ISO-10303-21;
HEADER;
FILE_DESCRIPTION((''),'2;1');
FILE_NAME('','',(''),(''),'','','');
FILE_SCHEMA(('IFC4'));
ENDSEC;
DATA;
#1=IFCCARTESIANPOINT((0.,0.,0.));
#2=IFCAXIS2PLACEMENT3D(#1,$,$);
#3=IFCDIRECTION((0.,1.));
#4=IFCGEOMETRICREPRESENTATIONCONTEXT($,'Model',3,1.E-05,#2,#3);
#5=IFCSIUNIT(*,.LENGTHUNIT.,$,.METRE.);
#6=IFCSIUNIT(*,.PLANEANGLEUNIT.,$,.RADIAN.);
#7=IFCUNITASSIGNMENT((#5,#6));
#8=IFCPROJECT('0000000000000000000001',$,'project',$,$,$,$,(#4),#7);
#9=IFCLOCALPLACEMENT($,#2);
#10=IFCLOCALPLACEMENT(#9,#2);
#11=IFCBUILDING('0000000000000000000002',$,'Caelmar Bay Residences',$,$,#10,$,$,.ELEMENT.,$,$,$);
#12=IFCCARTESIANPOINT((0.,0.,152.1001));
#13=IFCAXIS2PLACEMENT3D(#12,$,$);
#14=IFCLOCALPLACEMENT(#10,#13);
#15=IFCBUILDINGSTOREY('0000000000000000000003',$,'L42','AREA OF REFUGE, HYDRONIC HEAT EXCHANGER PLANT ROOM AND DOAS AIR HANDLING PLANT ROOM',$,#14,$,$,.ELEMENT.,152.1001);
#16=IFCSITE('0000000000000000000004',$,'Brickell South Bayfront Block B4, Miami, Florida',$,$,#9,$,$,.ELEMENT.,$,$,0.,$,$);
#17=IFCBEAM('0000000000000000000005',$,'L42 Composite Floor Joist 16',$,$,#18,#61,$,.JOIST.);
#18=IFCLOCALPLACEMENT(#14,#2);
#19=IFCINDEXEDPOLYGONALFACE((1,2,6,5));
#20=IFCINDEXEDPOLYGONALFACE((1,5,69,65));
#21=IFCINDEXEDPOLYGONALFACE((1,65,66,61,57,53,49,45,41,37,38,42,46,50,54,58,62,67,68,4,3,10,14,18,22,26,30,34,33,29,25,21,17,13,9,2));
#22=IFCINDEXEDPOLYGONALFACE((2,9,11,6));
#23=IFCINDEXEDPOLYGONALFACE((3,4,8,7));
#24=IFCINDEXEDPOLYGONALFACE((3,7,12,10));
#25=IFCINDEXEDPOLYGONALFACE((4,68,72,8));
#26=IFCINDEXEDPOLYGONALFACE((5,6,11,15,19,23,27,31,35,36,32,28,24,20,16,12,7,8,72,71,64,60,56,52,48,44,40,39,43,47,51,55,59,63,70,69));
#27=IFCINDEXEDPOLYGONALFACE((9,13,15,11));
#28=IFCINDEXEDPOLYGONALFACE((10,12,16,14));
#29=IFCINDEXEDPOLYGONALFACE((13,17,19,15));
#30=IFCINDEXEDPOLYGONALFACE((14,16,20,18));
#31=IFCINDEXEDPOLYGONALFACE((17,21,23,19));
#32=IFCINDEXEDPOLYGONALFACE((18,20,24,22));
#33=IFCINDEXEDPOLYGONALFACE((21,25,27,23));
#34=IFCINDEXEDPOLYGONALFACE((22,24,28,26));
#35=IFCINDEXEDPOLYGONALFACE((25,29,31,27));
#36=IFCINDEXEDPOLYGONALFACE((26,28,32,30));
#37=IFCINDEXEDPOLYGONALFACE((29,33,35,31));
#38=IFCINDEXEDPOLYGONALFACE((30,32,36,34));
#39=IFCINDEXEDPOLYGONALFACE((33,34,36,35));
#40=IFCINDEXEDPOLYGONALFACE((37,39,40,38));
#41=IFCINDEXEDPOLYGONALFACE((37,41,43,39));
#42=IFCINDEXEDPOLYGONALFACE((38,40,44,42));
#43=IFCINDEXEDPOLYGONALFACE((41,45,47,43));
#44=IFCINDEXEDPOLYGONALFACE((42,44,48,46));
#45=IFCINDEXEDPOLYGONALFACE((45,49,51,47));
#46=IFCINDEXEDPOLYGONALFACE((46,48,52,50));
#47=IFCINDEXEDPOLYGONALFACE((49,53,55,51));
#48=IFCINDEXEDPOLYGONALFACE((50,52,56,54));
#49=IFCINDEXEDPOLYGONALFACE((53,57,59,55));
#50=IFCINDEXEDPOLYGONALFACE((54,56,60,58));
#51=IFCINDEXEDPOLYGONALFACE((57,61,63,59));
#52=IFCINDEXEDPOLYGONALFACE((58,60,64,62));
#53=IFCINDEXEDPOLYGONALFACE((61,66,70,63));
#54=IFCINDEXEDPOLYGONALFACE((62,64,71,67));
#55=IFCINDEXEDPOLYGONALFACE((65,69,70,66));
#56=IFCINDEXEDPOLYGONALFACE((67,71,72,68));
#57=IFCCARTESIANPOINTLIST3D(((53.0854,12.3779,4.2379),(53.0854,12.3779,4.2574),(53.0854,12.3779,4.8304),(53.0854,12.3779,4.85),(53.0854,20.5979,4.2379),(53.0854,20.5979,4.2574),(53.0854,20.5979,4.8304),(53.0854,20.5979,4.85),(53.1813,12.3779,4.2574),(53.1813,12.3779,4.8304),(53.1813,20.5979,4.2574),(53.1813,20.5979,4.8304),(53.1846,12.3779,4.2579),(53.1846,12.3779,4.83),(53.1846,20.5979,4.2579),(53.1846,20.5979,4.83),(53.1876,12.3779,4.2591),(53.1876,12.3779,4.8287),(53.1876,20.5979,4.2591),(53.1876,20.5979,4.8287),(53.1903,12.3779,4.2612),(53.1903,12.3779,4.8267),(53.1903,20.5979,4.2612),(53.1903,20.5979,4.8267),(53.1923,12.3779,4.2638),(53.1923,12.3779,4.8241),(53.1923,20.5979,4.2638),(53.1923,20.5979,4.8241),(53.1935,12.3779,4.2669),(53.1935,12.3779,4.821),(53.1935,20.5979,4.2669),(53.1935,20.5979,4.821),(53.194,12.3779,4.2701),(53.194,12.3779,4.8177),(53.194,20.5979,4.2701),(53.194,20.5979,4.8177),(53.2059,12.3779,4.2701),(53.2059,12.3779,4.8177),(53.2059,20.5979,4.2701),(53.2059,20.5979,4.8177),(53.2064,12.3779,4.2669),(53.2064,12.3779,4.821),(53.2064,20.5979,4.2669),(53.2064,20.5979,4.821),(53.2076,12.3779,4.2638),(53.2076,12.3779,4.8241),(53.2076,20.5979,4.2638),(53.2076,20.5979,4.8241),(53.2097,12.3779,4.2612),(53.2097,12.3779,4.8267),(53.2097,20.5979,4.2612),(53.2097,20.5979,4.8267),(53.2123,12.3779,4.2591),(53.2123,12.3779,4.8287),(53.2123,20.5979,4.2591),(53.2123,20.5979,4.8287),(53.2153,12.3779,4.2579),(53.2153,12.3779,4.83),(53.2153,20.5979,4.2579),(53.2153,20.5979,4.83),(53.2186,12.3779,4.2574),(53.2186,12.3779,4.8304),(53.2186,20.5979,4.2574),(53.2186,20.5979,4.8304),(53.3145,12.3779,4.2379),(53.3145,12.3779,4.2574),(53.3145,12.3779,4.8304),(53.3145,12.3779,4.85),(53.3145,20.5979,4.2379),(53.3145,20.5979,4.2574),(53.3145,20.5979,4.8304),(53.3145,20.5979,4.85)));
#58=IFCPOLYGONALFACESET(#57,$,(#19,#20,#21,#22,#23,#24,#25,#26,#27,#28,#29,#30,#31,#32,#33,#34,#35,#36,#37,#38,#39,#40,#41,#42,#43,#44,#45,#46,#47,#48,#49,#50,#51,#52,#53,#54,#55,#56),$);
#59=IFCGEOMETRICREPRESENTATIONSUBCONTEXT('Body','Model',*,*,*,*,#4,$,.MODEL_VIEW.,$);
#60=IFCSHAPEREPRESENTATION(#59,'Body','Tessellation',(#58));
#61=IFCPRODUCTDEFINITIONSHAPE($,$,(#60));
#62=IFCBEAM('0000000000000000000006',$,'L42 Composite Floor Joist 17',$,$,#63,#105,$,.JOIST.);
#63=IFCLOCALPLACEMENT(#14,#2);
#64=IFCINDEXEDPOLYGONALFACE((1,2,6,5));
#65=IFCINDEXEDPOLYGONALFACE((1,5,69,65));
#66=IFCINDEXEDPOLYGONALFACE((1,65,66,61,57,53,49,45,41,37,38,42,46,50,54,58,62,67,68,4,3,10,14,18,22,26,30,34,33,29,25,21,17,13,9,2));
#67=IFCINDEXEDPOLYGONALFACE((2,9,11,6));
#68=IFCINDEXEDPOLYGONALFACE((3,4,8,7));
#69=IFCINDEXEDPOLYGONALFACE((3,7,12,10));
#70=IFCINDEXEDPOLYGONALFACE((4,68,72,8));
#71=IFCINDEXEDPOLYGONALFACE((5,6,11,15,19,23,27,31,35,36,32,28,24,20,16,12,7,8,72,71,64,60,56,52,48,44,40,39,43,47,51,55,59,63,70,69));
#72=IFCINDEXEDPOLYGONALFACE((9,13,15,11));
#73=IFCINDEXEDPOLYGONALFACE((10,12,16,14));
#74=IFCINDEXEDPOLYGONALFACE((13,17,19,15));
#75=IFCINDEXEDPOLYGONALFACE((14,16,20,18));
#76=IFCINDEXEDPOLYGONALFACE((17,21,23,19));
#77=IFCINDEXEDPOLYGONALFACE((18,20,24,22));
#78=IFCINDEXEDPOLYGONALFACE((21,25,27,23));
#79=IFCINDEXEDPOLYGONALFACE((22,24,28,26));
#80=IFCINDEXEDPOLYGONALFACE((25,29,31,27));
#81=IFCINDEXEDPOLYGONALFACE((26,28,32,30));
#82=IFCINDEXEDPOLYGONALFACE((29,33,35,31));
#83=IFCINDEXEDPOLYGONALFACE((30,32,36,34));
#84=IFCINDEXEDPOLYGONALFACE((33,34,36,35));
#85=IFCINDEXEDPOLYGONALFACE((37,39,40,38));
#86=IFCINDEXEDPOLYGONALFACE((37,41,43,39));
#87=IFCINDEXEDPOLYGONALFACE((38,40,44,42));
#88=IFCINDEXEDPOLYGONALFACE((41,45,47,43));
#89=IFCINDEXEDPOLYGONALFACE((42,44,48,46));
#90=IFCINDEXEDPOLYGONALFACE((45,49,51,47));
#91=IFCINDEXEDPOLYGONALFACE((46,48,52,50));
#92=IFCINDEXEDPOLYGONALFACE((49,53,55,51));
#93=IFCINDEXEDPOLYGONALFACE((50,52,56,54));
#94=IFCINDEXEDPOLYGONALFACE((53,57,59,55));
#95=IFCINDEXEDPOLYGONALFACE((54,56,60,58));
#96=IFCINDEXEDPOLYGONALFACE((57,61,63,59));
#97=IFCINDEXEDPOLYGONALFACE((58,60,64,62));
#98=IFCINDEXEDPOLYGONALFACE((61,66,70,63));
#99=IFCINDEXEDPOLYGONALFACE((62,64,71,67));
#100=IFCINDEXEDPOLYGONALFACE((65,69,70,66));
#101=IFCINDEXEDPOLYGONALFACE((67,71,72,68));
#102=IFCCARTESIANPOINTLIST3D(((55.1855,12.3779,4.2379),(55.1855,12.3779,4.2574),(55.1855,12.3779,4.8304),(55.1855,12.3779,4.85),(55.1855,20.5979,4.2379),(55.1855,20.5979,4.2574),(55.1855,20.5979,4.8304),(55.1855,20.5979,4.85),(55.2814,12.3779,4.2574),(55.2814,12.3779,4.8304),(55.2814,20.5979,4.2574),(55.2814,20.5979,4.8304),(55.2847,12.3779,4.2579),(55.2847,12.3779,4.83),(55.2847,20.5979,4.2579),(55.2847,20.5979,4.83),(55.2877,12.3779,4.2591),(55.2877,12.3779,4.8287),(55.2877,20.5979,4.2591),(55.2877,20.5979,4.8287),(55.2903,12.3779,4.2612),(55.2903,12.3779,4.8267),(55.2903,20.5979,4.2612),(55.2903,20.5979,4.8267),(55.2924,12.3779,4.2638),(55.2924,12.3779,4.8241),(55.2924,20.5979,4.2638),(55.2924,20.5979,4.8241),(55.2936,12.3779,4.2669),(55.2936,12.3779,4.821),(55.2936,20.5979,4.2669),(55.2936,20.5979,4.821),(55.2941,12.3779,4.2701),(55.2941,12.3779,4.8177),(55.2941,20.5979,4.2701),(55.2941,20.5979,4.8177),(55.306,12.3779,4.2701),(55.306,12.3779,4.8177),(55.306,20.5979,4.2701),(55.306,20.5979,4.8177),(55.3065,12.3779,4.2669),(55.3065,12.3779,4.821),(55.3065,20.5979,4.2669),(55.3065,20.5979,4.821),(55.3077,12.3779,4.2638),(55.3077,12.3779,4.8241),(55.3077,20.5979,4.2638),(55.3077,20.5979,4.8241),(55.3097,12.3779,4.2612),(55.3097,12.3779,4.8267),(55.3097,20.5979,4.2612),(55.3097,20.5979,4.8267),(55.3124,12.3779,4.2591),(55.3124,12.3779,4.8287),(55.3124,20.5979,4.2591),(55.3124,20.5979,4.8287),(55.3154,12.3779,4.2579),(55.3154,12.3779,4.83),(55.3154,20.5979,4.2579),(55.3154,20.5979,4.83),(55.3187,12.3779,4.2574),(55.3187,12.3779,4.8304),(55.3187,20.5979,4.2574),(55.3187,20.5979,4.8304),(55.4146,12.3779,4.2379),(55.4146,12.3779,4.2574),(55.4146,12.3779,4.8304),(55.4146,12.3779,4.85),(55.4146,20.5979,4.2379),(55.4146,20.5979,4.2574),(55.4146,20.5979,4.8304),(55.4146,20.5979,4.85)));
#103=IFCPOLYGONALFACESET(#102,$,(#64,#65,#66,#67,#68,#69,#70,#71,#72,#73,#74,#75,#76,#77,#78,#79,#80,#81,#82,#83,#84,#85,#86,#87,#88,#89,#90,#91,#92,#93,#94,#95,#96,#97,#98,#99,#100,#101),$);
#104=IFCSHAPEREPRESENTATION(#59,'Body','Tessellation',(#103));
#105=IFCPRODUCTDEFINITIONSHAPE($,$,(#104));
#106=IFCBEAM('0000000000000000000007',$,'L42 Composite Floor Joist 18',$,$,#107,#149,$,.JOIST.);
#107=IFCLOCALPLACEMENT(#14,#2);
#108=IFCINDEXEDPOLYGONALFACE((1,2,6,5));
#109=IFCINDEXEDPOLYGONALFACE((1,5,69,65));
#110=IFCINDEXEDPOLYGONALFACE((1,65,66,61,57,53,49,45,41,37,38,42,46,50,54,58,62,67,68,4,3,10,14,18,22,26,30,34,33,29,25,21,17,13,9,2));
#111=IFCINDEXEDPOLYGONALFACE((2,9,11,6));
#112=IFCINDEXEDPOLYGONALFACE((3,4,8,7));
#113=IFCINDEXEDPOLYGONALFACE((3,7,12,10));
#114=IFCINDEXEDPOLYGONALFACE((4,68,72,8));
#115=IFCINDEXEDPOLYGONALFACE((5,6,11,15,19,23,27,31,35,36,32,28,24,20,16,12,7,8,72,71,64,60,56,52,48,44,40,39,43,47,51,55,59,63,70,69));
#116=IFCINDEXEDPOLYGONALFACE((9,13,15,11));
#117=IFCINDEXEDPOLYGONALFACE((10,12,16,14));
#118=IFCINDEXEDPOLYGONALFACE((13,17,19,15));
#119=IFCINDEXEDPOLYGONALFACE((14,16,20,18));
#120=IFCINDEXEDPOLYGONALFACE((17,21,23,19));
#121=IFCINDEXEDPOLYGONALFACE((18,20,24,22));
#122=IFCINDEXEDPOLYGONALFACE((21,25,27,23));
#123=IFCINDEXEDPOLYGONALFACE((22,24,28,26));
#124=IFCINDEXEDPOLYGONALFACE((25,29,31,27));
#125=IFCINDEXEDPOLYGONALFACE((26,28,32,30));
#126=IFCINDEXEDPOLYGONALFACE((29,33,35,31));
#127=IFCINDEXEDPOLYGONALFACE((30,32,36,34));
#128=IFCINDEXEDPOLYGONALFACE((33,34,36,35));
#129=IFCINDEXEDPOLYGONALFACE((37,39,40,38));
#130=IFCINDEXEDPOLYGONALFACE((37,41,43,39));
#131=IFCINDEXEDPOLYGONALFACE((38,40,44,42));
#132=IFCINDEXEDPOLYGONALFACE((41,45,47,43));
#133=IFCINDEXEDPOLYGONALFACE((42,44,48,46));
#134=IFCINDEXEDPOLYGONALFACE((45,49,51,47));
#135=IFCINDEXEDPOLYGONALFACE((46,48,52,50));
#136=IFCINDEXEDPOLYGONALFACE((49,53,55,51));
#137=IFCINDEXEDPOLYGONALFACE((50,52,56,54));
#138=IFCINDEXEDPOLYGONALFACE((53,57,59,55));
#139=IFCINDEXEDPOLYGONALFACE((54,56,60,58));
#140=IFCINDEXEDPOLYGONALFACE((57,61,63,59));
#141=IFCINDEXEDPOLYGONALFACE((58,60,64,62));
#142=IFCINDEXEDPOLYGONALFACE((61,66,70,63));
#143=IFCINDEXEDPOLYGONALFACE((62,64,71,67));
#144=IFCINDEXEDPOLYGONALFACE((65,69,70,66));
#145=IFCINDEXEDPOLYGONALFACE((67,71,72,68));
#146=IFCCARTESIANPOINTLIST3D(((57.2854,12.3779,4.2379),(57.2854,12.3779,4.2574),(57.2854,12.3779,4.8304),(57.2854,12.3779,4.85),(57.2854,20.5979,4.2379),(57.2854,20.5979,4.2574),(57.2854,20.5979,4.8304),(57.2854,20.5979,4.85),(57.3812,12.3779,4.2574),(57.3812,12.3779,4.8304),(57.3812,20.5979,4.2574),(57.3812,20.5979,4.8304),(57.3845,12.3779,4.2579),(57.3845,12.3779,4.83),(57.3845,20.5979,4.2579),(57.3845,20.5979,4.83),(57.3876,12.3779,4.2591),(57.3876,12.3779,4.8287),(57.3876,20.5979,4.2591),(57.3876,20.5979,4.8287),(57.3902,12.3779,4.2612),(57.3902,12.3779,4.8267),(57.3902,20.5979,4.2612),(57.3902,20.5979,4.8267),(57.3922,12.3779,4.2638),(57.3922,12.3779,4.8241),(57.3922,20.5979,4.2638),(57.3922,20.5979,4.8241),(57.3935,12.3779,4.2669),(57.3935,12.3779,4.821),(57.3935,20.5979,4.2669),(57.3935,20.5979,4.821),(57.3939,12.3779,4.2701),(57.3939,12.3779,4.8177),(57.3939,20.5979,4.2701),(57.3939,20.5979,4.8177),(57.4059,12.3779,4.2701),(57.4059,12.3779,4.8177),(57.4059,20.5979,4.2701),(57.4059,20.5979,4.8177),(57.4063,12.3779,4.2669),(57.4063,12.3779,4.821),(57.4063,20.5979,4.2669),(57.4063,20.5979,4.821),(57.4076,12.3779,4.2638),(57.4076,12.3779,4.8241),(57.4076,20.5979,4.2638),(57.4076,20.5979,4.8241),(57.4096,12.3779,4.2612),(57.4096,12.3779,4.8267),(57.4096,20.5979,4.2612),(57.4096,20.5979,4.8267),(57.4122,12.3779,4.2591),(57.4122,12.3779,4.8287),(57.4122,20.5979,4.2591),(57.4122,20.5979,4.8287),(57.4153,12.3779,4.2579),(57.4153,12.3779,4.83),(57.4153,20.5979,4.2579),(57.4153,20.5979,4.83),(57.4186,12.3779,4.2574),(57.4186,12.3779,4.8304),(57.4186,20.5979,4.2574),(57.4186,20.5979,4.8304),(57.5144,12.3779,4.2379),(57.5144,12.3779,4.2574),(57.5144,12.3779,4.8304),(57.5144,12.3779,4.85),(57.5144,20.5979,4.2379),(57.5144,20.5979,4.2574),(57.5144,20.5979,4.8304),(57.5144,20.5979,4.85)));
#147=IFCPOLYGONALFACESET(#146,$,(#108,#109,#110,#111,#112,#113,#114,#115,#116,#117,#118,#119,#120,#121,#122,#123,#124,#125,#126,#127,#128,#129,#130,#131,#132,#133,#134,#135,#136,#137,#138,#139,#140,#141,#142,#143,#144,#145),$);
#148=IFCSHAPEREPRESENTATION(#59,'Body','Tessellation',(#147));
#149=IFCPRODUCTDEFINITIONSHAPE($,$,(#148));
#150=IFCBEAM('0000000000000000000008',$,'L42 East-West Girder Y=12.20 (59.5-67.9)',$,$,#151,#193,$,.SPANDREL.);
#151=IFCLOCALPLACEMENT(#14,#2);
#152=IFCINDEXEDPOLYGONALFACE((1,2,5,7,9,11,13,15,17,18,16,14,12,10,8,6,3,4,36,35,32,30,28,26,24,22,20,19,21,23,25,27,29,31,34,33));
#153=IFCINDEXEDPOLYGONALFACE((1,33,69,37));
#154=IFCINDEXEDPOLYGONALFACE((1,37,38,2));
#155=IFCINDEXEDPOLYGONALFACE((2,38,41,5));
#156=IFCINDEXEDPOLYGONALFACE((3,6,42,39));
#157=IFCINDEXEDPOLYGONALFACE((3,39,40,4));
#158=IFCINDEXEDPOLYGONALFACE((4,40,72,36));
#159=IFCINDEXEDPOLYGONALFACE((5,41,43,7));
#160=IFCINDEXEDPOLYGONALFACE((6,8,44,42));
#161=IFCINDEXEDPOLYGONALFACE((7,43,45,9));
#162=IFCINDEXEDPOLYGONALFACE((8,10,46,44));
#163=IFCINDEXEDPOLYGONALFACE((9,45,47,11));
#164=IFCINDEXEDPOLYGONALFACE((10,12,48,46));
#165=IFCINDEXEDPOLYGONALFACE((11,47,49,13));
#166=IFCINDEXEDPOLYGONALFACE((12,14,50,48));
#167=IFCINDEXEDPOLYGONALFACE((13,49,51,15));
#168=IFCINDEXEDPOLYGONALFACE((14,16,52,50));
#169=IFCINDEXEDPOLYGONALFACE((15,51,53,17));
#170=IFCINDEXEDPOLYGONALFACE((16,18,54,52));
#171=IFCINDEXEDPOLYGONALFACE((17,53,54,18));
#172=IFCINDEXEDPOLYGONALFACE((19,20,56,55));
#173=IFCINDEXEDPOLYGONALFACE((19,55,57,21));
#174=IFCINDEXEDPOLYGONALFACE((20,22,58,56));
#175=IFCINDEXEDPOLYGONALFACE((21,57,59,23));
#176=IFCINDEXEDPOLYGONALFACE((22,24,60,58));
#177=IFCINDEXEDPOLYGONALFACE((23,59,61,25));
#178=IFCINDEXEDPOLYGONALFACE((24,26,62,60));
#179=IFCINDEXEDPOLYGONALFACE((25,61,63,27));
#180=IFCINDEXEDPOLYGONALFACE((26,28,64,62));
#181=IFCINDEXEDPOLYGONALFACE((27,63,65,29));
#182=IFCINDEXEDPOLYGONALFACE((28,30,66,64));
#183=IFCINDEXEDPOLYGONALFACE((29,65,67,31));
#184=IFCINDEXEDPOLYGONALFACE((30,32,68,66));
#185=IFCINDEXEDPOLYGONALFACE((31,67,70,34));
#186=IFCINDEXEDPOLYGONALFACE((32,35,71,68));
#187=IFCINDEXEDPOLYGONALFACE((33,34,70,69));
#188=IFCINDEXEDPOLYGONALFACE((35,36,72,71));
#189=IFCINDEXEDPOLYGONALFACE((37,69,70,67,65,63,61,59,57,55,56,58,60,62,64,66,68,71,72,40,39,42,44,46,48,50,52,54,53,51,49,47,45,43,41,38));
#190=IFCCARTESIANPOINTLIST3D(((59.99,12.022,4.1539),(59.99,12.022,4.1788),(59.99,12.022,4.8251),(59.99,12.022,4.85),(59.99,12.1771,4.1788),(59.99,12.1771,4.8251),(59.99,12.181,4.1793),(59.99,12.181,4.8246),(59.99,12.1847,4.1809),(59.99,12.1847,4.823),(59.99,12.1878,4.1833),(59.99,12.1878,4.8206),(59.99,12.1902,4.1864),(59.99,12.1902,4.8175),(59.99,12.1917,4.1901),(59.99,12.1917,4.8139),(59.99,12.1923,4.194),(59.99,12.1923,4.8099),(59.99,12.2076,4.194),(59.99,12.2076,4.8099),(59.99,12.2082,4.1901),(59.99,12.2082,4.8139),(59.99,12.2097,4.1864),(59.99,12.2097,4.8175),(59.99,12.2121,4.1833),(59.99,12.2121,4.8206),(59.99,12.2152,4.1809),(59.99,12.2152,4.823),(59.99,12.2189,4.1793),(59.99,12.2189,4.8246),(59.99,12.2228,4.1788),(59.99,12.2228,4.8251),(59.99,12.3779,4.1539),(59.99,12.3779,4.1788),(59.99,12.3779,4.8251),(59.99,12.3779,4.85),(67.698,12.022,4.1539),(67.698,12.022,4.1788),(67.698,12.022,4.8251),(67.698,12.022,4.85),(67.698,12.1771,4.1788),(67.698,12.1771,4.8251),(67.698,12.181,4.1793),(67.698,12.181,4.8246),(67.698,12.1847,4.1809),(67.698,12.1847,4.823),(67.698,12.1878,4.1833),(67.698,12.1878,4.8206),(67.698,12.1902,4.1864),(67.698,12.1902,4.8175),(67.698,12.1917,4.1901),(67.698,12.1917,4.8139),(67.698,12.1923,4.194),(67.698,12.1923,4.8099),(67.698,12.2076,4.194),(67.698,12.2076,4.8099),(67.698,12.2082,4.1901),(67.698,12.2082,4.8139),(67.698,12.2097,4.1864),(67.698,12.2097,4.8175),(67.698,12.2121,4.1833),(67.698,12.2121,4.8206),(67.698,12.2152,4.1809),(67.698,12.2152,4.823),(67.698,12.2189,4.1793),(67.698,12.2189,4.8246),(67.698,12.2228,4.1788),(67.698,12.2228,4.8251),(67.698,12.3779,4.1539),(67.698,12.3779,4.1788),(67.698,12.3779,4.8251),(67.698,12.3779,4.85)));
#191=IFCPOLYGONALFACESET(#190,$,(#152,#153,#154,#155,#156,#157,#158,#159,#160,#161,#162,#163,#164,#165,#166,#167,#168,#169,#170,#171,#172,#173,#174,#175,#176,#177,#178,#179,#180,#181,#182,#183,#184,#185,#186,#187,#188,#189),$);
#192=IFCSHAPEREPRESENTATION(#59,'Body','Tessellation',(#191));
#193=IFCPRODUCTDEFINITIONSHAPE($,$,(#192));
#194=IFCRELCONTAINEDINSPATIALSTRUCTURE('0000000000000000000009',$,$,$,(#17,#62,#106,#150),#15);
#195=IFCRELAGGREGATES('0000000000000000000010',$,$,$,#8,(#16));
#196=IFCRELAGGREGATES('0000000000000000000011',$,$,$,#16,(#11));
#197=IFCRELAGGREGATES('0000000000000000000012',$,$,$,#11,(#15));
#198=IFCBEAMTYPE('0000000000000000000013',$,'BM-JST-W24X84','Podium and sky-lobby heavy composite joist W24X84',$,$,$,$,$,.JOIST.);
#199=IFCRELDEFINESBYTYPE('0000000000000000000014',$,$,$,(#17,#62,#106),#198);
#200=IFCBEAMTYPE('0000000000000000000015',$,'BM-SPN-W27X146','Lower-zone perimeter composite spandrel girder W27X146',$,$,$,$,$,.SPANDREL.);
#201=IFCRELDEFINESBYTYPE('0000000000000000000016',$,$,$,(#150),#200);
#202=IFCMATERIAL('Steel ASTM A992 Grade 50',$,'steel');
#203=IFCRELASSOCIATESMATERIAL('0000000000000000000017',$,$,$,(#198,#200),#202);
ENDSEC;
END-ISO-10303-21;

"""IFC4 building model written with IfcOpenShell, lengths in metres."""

from ifc_helpers import new_model, si_unit, direction, frame, origin, origin_2d, place, context, subcontext, project, spatial, i_section, extrude, material, material_profile, profile_set, type_object, element, save


model = new_model("IFC4")

# Units and contexts
model_context = context("Model", 3, precision=1e-05, world=origin(), true_north=direction((0.0, 1.0)))
body_context = subcontext(model_context, "Body", "Model", "MODEL_VIEW")
ifc_project = project(units=[si_unit("LENGTHUNIT", "METRE"), si_unit("PLANEANGLEUNIT", "RADIAN")], contexts=[model_context])

# Site, building, storey
site_placement = place(None, origin())
site = spatial("IfcSite", under=ifc_project, at=site_placement, Name="Brickell South Bayfront Block B4, Miami, Florida", CompositionType="ELEMENT", RefElevation=0.0)
building_placement = place(site_placement, origin())
building = spatial("IfcBuilding", under=site, at=building_placement, Name="Caelmar Bay Residences", CompositionType="ELEMENT")
storey_placement = place(building_placement, frame((0.0, 0.0, 152.1001)))
storey = spatial("IfcBuildingStorey", under=building, at=storey_placement, Name="L42", Description="AREA OF REFUGE, HYDRONIC HEAT EXCHANGER PLANT ROOM AND DOAS AIR HANDLING PLANT ROOM", CompositionType="ELEMENT", Elevation=152.1001)

# Beams
ifc_material_1 = material(Name="Steel ASTM A992 Grade 50", Category="steel")
ifc_material_profile_1 = material_profile(ifc_material_1, i_section(OverallWidth=0.229, OverallDepth=0.6121, WebThickness=0.012, FlangeThickness=0.0195, FilletRadius=0.0127, at=origin_2d()), Name="W24X84")
ifc_profile_set_1 = profile_set([ifc_material_profile_1], Name="Steel ASTM A992 Grade 50")
beam_type_1 = type_object("IfcBeamType", Name="BM-JST-W24X84", Description="Podium and sky-lobby heavy composite joist W24X84", PredefinedType="JOIST", material=ifc_profile_set_1)
for number, where, z_axis, x_axis, name in (
    (1, (53.2, 12.3779, 4.5439), (0.0, 1.0, 0.0), (-1.0, 0.0, 0.0), "L42 Composite Floor Joist 16"),
    (2, (55.3, 12.3779, 4.5439), (0.0, 1.0, 0.0), (-1.0, 0.0, 0.0), "L42 Composite Floor Joist 17"),
    (3, (57.3999, 12.3779, 4.5439), (0.0, 1.0, 0.0), (-1.0, 0.0, 0.0), "L42 Composite Floor Joist 18"),
):
    element("IfcBeam", number, at=place(storey_placement, frame(where, z_axis=z_axis, x_axis=x_axis)), inside=storey, type_object=beam_type_1, Name=name, PredefinedType="JOIST", context=body_context, shape_type="SweptSolid", body=[
        extrude(i_section(OverallWidth=0.229, OverallDepth=0.6121, WebThickness=0.012, FlangeThickness=0.0195, FilletRadius=0.0127, at=origin_2d()), origin(), (0.0, 0.0, 1.0), 8.22),
    ])
ifc_material_profile_2 = material_profile(ifc_material_1, i_section(OverallWidth=0.356, OverallDepth=0.696, WebThickness=0.0154, FlangeThickness=0.0249, FilletRadius=0.0151, at=origin_2d()), Name="W27X146")
ifc_profile_set_2 = profile_set([ifc_material_profile_2], Name="Steel ASTM A992 Grade 50")
beam_type_2 = type_object("IfcBeamType", Name="BM-SPN-W27X146", Description="Lower-zone perimeter composite spandrel girder W27X146", PredefinedType="SPANDREL", material=ifc_profile_set_2)
beam_1_placement = place(storey_placement, frame((59.99, 12.2, 4.502), z_axis=(1.0, 0.0, 0.0), x_axis=(0.0, 1.0, 0.0)))
element("IfcBeam", 4, at=beam_1_placement, inside=storey, type_object=beam_type_2, Name="L42 East-West Girder Y=12.20 (59.5-67.9)", PredefinedType="SPANDREL", context=body_context, shape_type="SweptSolid", body=[
    extrude(i_section(OverallWidth=0.356, OverallDepth=0.696, WebThickness=0.0154, FlangeThickness=0.0249, FilletRadius=0.0151, at=origin_2d()), origin(), (0.0, 0.0, 1.0), 7.708),
])

save(model, "model.ifc")
